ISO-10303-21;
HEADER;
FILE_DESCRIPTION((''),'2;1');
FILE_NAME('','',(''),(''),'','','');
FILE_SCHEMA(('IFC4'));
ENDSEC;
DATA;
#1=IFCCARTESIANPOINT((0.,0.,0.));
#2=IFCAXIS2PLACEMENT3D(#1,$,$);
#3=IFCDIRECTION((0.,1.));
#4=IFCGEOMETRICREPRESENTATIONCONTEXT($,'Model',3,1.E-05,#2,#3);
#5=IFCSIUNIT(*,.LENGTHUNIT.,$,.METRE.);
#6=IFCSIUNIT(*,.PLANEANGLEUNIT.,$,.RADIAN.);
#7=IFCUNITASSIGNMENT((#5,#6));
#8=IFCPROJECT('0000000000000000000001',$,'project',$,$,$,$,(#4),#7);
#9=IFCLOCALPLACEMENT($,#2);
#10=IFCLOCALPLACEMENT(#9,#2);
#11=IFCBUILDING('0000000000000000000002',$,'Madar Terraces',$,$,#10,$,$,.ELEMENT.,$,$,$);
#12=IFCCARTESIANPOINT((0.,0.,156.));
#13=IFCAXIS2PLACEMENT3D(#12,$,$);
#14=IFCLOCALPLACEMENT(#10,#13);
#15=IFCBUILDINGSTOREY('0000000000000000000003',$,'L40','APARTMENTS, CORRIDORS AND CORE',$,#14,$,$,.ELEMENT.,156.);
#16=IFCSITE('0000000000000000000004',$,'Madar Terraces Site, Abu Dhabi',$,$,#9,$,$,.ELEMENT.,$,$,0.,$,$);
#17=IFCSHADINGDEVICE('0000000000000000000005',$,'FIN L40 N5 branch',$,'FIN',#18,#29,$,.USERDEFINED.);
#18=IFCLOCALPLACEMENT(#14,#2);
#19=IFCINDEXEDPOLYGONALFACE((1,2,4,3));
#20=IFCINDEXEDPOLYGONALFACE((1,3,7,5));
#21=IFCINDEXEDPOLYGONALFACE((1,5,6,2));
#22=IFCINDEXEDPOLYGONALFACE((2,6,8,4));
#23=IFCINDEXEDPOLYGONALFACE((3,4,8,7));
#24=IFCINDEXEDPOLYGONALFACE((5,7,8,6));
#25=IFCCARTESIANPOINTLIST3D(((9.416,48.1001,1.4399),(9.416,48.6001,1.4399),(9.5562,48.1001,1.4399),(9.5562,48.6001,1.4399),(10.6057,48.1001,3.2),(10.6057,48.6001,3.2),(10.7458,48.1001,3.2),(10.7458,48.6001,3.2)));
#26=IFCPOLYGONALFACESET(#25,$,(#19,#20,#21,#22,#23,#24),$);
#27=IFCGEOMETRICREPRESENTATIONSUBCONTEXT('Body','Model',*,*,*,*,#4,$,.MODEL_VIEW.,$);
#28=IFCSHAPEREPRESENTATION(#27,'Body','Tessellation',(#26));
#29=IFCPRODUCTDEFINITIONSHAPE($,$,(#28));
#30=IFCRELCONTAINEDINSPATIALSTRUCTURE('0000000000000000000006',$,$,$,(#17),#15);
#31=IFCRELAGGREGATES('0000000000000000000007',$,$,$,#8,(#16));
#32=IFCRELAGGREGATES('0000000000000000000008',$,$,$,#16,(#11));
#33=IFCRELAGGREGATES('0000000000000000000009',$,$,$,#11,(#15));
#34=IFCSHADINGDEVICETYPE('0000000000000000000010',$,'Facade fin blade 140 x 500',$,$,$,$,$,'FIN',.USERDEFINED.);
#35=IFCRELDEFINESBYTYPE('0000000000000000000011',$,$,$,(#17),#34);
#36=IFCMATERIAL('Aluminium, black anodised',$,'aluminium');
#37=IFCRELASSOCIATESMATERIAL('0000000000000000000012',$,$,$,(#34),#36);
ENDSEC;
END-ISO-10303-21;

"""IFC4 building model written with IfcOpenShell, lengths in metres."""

from ifc_helpers import new_model, si_unit, direction, frame, origin, place, context, subcontext, project, spatial, polyline, outline, extrude, material, type_object, element, save


model = new_model("IFC4")

# Units and contexts
model_context = context("Model", 3, precision=1e-05, world=origin(), true_north=direction((0.0, 1.0)))
body_context = subcontext(model_context, "Body", "Model", "MODEL_VIEW")
ifc_project = project(units=[si_unit("LENGTHUNIT", "METRE"), si_unit("PLANEANGLEUNIT", "RADIAN")], contexts=[model_context])

# Site, building, storey
site_placement = place(None, origin())
site = spatial("IfcSite", under=ifc_project, at=site_placement, Name="Madar Terraces Site, Abu Dhabi", CompositionType="ELEMENT", RefElevation=0.0)
building_placement = place(site_placement, origin())
building = spatial("IfcBuilding", under=site, at=building_placement, Name="Madar Terraces", CompositionType="ELEMENT")
storey_placement = place(building_placement, frame((0.0, 0.0, 156.0)))
storey = spatial("IfcBuildingStorey", under=building, at=storey_placement, Name="L40", Description="APARTMENTS, CORRIDORS AND CORE", CompositionType="ELEMENT", Elevation=156.0)

# Shading device
ifc_material_1 = material(Name="Aluminium, black anodised", Category="aluminium")
shading_device_type = type_object("IfcShadingDeviceType", Name="Facade fin blade 140 x 500", ElementType="FIN", PredefinedType="USERDEFINED", material=ifc_material_1)
shading_device_placement = place(storey_placement, frame((9.5562, 48.3501, 1.4399), z_axis=(0.0, 0.0, 1.0), x_axis=(-1.0, 0.0, 0.0)))
element("IfcShadingDevice", 1, at=shading_device_placement, inside=storey, type_object=shading_device_type, Name="FIN L40 N5 branch", ObjectType="FIN", PredefinedType="USERDEFINED", context=body_context, shape_type="SweptSolid", body=[
    extrude(outline(polyline([(0.0, 0.0), (0.1401, 0.0), (-1.0496, 1.76), (-1.1897, 1.76), (0.0, 0.0)])), frame((0.0, 0.25, 0.0), z_axis=(0.0, -1.0, 0.0), x_axis=(1.0, 0.0, 0.0)), (0.0, 0.0, 1.0), 0.5),
])

save(model, "model.ifc")
